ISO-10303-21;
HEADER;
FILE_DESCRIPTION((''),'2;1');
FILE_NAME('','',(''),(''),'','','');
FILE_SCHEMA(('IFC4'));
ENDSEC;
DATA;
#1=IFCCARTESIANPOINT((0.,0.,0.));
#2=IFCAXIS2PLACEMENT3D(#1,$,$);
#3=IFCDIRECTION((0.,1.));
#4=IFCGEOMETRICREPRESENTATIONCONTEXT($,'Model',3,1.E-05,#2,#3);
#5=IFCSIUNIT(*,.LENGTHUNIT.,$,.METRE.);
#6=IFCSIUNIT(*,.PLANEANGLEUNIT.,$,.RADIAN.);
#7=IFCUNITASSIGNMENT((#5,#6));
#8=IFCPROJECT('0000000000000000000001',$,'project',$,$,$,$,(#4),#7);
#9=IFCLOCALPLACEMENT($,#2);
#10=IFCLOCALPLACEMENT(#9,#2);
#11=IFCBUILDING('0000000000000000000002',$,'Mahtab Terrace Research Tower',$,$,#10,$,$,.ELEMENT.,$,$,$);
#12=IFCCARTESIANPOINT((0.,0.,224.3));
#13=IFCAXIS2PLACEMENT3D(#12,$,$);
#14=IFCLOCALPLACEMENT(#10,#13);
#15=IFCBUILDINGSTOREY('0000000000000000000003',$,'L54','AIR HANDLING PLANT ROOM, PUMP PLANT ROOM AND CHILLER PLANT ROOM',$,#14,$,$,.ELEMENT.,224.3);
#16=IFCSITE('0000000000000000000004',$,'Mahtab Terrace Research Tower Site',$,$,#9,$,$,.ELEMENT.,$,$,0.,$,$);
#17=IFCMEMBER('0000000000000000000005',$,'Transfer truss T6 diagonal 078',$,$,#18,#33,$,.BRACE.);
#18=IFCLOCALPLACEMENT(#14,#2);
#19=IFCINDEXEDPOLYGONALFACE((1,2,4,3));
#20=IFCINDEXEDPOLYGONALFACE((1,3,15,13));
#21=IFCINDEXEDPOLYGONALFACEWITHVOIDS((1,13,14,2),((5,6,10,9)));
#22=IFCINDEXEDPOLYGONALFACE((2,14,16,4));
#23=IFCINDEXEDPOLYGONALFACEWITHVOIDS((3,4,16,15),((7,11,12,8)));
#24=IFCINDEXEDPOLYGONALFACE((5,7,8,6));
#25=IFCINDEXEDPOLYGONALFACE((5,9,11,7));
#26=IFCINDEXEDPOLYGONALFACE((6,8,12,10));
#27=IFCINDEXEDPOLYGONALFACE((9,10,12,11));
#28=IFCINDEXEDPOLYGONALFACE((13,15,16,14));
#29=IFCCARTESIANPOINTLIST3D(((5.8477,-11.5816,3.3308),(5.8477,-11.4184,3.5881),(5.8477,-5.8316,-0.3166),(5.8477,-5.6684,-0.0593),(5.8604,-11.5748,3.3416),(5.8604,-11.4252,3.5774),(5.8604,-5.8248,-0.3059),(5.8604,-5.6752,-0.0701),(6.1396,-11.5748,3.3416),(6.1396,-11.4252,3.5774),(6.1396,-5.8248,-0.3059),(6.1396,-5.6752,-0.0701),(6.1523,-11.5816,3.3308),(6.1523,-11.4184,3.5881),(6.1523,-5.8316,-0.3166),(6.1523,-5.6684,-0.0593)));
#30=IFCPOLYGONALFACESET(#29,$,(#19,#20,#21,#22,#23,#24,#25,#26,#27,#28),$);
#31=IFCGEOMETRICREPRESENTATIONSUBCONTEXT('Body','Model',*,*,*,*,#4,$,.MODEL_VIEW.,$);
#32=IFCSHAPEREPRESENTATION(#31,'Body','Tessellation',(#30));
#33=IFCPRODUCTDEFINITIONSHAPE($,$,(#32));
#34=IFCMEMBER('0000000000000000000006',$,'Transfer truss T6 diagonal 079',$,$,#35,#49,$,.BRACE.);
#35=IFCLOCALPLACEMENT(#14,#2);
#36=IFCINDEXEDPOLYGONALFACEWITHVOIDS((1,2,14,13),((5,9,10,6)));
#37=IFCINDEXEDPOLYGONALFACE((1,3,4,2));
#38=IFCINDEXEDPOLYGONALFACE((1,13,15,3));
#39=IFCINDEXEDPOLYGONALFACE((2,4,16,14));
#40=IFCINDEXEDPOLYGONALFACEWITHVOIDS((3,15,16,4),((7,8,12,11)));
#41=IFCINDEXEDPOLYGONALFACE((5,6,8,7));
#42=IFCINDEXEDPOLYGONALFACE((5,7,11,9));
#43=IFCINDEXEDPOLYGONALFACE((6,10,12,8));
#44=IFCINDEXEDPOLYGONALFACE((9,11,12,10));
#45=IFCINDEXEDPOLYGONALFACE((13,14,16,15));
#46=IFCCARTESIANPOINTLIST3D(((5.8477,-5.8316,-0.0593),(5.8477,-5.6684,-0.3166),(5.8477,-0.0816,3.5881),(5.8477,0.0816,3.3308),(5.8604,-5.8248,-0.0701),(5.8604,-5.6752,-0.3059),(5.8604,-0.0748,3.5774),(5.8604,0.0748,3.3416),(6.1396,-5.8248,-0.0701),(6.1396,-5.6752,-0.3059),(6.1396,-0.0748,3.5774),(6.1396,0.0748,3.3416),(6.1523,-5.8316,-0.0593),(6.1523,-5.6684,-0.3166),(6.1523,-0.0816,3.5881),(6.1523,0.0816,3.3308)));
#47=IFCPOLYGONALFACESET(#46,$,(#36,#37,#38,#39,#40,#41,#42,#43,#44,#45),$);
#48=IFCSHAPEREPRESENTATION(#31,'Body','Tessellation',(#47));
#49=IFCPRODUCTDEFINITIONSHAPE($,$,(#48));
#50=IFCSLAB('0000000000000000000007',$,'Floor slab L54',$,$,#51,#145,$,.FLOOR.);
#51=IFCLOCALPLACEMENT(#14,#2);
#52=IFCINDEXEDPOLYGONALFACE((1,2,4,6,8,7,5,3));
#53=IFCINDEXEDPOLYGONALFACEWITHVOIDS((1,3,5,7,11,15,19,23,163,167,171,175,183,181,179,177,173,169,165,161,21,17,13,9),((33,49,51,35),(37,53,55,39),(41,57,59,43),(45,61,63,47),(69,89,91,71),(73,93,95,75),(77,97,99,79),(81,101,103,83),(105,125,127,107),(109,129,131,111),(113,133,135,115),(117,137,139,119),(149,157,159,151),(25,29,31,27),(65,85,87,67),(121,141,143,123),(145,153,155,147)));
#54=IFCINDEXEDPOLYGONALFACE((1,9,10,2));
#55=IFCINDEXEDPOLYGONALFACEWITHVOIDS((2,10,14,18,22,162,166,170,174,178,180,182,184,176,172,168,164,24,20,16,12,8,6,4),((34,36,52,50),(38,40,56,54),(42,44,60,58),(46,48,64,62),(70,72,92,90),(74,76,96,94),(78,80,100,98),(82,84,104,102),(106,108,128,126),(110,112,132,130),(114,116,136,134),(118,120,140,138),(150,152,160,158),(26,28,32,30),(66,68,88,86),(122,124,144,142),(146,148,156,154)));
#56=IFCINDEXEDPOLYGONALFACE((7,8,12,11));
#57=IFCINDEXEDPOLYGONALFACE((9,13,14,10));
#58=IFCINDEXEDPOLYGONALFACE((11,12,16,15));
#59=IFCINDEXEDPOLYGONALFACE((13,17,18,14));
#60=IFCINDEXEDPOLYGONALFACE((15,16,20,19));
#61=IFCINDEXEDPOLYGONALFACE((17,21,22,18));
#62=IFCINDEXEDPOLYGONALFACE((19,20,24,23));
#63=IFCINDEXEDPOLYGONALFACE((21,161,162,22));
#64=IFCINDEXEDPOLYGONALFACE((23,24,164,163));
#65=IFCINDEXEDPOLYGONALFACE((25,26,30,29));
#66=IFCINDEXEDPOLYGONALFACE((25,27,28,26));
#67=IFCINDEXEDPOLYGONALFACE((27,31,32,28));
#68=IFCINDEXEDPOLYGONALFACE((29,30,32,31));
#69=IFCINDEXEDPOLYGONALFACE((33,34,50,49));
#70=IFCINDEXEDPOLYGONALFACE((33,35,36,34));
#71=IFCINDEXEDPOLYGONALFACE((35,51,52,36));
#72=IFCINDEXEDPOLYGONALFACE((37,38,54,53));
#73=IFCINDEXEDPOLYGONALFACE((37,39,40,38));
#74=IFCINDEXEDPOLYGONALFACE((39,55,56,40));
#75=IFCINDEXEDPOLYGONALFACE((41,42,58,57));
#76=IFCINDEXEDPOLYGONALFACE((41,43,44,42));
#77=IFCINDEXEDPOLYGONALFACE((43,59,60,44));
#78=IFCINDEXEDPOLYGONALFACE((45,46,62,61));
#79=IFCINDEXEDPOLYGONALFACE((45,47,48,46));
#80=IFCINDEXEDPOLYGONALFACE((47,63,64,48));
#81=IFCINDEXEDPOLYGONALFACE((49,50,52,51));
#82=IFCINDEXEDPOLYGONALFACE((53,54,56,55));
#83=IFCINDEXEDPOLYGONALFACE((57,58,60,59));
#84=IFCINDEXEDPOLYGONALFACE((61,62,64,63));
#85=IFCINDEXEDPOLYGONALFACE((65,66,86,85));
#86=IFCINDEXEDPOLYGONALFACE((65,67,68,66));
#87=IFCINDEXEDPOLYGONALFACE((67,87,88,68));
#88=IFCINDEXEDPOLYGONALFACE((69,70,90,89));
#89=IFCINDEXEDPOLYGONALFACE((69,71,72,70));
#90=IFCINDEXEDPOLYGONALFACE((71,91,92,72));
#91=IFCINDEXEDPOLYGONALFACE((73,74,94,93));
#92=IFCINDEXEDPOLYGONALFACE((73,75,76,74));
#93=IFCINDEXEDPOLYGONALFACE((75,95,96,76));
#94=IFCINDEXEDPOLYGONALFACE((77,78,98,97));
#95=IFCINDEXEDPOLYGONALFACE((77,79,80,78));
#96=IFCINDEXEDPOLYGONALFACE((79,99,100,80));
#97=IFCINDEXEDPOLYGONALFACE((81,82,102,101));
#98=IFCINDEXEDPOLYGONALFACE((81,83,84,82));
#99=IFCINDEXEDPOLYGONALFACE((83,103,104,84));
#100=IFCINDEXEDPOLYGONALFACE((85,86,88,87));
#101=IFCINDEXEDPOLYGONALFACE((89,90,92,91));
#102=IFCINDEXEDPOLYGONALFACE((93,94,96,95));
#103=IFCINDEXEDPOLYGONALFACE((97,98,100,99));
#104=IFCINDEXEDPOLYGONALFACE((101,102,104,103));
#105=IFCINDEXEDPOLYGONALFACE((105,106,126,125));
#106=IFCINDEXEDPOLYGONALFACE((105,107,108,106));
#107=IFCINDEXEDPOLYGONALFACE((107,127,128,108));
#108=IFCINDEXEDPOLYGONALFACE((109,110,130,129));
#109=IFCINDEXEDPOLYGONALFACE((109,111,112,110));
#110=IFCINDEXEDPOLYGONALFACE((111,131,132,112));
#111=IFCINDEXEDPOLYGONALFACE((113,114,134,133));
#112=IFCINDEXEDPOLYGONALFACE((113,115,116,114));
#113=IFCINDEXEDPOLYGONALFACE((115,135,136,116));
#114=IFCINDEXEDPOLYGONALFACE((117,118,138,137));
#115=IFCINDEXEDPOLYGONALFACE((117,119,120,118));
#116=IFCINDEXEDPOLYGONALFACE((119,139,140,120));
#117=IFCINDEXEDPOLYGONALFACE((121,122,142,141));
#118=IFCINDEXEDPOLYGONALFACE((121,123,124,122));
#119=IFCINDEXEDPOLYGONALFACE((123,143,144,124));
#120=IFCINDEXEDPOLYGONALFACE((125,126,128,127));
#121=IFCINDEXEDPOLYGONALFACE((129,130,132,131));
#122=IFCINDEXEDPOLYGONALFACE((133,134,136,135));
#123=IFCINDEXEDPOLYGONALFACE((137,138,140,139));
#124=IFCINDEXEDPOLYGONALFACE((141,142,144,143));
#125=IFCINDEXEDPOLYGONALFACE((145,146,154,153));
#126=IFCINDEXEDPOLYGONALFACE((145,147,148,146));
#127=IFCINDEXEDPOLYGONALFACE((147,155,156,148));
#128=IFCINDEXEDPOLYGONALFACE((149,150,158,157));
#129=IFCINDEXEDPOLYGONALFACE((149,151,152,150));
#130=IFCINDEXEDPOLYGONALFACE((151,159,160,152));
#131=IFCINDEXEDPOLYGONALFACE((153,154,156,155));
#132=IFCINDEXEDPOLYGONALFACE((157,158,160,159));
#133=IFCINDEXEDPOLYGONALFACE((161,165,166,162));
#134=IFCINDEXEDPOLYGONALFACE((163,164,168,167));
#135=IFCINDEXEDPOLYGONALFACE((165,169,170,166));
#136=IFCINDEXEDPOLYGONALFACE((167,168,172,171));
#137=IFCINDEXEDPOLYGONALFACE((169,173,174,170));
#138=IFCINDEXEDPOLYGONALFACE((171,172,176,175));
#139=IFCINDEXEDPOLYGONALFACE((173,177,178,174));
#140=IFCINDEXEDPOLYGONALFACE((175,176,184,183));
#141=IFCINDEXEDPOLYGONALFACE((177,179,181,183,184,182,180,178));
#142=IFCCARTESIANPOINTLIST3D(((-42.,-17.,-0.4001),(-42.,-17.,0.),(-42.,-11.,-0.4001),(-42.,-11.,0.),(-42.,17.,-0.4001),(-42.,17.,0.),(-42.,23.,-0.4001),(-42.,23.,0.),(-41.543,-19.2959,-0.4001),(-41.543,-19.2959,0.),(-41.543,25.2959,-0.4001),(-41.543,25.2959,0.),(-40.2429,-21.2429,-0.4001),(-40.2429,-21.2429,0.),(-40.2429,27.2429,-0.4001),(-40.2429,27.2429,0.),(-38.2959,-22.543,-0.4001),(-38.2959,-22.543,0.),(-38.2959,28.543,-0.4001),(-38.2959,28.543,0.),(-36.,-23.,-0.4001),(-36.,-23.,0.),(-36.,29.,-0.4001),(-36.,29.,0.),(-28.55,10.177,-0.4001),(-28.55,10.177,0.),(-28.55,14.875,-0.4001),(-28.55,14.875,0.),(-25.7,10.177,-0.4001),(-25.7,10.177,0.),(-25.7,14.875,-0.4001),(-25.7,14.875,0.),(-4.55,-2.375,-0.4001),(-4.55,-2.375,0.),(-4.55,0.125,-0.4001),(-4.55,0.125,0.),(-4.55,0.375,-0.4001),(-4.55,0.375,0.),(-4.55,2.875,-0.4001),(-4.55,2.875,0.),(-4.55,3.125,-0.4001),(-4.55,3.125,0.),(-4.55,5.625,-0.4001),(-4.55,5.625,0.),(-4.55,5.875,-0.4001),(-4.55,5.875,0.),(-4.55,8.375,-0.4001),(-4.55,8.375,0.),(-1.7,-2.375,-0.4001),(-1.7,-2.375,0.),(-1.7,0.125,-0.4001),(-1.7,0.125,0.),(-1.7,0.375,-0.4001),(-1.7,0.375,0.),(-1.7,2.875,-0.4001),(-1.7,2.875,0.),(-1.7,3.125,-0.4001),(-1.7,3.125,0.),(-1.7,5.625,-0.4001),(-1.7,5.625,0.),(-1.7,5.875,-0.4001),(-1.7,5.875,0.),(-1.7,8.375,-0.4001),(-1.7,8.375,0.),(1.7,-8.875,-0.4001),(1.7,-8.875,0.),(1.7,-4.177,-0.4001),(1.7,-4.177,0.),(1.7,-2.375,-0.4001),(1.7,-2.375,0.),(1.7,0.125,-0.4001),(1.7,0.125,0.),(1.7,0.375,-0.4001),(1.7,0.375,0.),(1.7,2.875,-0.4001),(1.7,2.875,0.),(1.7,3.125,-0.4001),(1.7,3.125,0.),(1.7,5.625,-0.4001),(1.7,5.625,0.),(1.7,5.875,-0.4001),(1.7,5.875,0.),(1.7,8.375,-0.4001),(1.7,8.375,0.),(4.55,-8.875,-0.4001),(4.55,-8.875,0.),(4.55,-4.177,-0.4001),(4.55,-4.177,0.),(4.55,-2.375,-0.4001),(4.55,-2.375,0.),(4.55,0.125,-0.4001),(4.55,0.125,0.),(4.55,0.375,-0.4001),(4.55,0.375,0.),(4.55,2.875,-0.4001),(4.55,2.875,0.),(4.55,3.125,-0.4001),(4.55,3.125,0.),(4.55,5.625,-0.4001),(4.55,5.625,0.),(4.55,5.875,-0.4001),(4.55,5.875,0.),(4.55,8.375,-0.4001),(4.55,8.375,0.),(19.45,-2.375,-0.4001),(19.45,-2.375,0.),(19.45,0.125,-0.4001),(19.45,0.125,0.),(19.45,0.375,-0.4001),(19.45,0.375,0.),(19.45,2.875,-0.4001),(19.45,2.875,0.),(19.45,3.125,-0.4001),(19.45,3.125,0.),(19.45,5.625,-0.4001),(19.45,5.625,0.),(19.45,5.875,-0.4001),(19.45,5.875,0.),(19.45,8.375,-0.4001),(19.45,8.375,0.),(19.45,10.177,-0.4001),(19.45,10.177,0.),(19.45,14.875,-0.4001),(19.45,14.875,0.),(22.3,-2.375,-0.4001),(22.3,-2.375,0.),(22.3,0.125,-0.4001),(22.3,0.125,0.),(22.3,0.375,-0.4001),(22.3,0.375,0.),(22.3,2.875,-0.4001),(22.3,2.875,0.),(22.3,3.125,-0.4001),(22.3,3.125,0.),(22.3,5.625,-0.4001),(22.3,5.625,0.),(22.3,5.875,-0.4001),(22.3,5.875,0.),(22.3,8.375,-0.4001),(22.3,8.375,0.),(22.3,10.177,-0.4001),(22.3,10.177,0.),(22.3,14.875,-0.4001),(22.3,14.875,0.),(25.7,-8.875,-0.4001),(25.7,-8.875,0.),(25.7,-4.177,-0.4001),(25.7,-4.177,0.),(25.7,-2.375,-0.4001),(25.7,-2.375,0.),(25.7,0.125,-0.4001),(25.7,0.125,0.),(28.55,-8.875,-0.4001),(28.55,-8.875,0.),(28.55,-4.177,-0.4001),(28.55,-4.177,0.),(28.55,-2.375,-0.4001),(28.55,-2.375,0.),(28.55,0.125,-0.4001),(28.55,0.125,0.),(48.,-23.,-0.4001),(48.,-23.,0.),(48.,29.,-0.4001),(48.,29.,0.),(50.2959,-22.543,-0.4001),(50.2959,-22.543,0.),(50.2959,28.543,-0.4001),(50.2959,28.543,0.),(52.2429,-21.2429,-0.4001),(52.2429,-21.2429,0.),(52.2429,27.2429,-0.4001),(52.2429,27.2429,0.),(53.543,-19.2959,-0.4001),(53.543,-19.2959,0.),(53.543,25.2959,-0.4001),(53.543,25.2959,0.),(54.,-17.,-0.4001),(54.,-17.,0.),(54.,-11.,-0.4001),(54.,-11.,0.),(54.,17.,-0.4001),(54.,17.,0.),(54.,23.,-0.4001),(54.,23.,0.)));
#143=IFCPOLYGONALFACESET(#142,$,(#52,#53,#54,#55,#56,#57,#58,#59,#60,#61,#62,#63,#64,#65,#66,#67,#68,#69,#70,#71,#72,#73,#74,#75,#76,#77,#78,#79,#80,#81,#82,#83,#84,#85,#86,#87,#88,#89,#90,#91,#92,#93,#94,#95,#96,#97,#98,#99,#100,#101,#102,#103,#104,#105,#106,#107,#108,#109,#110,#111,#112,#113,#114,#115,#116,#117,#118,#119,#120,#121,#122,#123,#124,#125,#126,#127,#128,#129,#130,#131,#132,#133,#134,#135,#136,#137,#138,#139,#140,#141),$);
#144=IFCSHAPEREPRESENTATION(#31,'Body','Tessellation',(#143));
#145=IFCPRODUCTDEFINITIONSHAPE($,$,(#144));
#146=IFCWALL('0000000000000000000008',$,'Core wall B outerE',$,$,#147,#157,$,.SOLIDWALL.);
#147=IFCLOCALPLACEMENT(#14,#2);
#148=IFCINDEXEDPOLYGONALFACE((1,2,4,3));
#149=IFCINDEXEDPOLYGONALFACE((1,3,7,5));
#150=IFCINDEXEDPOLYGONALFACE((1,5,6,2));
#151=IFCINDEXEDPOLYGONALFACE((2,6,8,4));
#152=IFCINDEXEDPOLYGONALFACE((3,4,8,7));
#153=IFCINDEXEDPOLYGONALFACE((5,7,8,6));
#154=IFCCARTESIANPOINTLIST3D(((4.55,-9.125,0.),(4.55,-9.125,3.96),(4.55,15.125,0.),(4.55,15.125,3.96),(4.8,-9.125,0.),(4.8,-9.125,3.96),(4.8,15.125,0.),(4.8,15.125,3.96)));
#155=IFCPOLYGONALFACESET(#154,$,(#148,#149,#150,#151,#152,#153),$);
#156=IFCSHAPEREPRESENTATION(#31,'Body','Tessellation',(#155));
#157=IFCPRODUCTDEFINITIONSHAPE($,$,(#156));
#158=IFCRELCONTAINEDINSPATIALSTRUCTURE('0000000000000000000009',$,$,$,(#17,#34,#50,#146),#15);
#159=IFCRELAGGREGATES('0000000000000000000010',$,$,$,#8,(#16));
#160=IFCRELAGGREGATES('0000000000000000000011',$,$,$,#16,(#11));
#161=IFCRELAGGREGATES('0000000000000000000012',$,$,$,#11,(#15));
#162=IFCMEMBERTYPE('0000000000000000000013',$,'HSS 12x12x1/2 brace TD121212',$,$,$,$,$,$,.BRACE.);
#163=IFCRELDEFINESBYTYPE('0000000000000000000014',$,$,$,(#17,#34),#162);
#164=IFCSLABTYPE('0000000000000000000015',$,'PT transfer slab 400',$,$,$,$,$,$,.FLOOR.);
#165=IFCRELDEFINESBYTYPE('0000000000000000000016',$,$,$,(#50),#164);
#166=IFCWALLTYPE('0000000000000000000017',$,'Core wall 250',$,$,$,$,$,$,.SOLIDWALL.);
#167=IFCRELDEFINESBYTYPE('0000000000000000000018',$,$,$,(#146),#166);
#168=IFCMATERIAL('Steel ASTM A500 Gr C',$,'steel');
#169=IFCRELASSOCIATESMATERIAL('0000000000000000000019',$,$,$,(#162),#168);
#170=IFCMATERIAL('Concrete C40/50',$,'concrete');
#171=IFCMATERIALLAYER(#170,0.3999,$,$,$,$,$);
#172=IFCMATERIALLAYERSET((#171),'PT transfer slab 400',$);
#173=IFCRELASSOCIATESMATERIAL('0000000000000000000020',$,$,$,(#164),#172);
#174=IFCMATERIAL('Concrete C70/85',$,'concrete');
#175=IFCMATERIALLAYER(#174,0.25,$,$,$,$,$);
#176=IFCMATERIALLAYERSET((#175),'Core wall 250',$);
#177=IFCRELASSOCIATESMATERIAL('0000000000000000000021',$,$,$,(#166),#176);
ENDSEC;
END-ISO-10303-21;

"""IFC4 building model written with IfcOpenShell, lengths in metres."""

from ifc_helpers import new_model, si_unit, direction, frame, frame_2d, origin, origin_2d, place, context, subcontext, project, spatial, polyline, rectangle, hollow_rectangle, outline, extrude, material, layer, layer_set, material_profile, profile_set, type_object, element, save


model = new_model("IFC4")

# Units and contexts
model_context = context("Model", 3, precision=1e-05, world=origin(), true_north=direction((0.0, 1.0)))
body_context = subcontext(model_context, "Body", "Model", "MODEL_VIEW")
ifc_project = project(units=[si_unit("LENGTHUNIT", "METRE"), si_unit("PLANEANGLEUNIT", "RADIAN")], contexts=[model_context])

# Site, building, storey
site_placement = place(None, origin())
site = spatial("IfcSite", under=ifc_project, at=site_placement, Name="Mahtab Terrace Research Tower Site", CompositionType="ELEMENT", RefElevation=0.0)
building_placement = place(site_placement, origin())
building = spatial("IfcBuilding", under=site, at=building_placement, Name="Mahtab Terrace Research Tower", CompositionType="ELEMENT")
storey_placement = place(building_placement, frame((0.0, 0.0, 224.3)))
storey = spatial("IfcBuildingStorey", under=building, at=storey_placement, Name="L54", Description="AIR HANDLING PLANT ROOM, PUMP PLANT ROOM AND CHILLER PLANT ROOM", CompositionType="ELEMENT", Elevation=224.3)

# Members
ifc_material_1 = material(Name="Steel ASTM A500 Gr C", Category="steel")
ifc_material_profile = material_profile(ifc_material_1, hollow_rectangle(XDim=0.3047, YDim=0.3047, WallThickness=0.0127, at=origin_2d()), Name="HSS12X12X1/2")
ifc_profile_set = profile_set([ifc_material_profile], Name="Steel ASTM A500 Gr C")
member_type = type_object("IfcMemberType", Name="HSS 12x12x1/2 brace TD121212", PredefinedType="BRACE", material=ifc_profile_set)
for number, where, z_axis, x_axis, name in (
    (1, (6.0, -5.75, -0.188), (0.0, -0.844434, 0.535659), (1.0, 0.0, 0.0), "Transfer truss T6 diagonal 078"),
    (2, (6.0, -5.75, -0.188), (0.0, 0.844434, 0.535659), (-1.0, 0.0, 0.0), "Transfer truss T6 diagonal 079"),
):
    element("IfcMember", number, at=place(storey_placement, frame(where, z_axis=z_axis, x_axis=x_axis)), inside=storey, type_object=member_type, Name=name, PredefinedType="BRACE", context=body_context, shape_type="SweptSolid", body=[
        extrude(hollow_rectangle(XDim=0.3047, YDim=0.3047, WallThickness=0.0127, at=origin_2d()), origin(), (0.0, 0.0, 1.0), 6.8093),
    ])

# Slab
ifc_material_2 = material(Name="Concrete C40/50", Category="concrete")
ifc_layer_1 = layer(ifc_material_2, 0.3999)
ifc_layer_set_1 = layer_set([ifc_layer_1], Name="PT transfer slab 400")
slab_type = type_object("IfcSlabType", Name="PT transfer slab 400", PredefinedType="FLOOR", material=ifc_layer_set_1)
slab_placement = place(storey_placement, frame((0.0, 0.0, -0.4001)))
element("IfcSlab", 3, at=slab_placement, inside=storey, type_object=slab_type, Name="Floor slab L54", PredefinedType="FLOOR", context=body_context, shape_type="SweptSolid", body=[
    extrude(outline(polyline([(54.0, 17.0), (54.0, 23.0), (53.543, 25.2959), (52.2429, 27.2429), (50.2959, 28.543), (48.0, 29.0), (-36.0, 29.0), (-38.2959, 28.543), (-40.2429, 27.2429), (-41.543, 25.2959), (-42.0, 23.0), (-42.0, 17.0), (-42.0, -11.0), (-42.0, -17.0), (-41.543, -19.2959), (-40.2429, -21.2429), (-38.2959, -22.543), (-36.0, -23.0), (48.0, -23.0), (50.2959, -22.543), (52.2429, -21.2429), (53.543, -19.2959), (54.0, -17.0), (54.0, -11.0), (54.0, 17.0)]), holes=[polyline([(-4.55, -2.375), (-4.55, 0.125), (-1.7, 0.125), (-1.7, -2.375), (-4.55, -2.375)]), polyline([(1.7, -2.375), (1.7, 0.125), (4.55, 0.125), (4.55, -2.375), (1.7, -2.375)]), polyline([(-4.55, 0.375), (-4.55, 2.875), (-1.7, 2.875), (-1.7, 0.375), (-4.55, 0.375)]), polyline([(1.7, 0.375), (1.7, 2.875), (4.55, 2.875), (4.55, 0.375), (1.7, 0.375)]), polyline([(-4.55, 3.125), (-4.55, 5.625), (-1.7, 5.625), (-1.7, 3.125), (-4.55, 3.125)]), polyline([(1.7, 3.125), (1.7, 5.625), (4.55, 5.625), (4.55, 3.125), (1.7, 3.125)]), polyline([(-4.55, 5.875), (-4.55, 8.375), (-1.7, 8.375), (-1.7, 5.875), (-4.55, 5.875)]), polyline([(1.7, 5.875), (1.7, 8.375), (4.55, 8.375), (4.55, 5.875), (1.7, 5.875)]), polyline([(-28.55, 10.177), (-28.55, 14.875), (-25.7, 14.875), (-25.7, 10.177), (-28.55, 10.177)]), polyline([(1.7, -8.875), (1.7, -4.177), (4.55, -4.177), (4.55, -8.875), (1.7, -8.875)]), polyline([(25.7, -8.875), (25.7, -4.177), (28.55, -4.177), (28.55, -8.875), (25.7, -8.875)]), polyline([(19.45, -2.375), (19.45, 0.125), (22.3, 0.125), (22.3, -2.375), (19.45, -2.375)]), polyline([(25.7, -2.375), (25.7, 0.125), (28.55, 0.125), (28.55, -2.375), (25.7, -2.375)]), polyline([(19.45, 0.375), (19.45, 2.875), (22.3, 2.875), (22.3, 0.375), (19.45, 0.375)]), polyline([(19.45, 3.125), (19.45, 5.625), (22.3, 5.625), (22.3, 3.125), (19.45, 3.125)]), polyline([(19.45, 8.375), (22.3, 8.375), (22.3, 5.875), (19.45, 5.875), (19.45, 8.375)]), polyline([(19.45, 14.875), (22.3, 14.875), (22.3, 10.177), (19.45, 10.177), (19.45, 14.875)])]), origin(), (0.0, 0.0, 1.0), 0.4001),
])

# Wall
ifc_material_3 = material(Name="Concrete C70/85", Category="concrete")
ifc_layer_2 = layer(ifc_material_3, 0.25)
ifc_layer_set_2 = layer_set([ifc_layer_2], Name="Core wall 250")
wall_type = type_object("IfcWallType", Name="Core wall 250", PredefinedType="SOLIDWALL", material=ifc_layer_set_2)
wall_1_placement = place(storey_placement, frame((4.675, -9.125, 0.0), z_axis=(0.0, 0.0, 1.0), x_axis=(0.0, 1.0, 0.0)))
element("IfcWall", 4, at=wall_1_placement, inside=storey, type_object=wall_type, Name="Core wall B outerE", PredefinedType="SOLIDWALL", context=body_context, shape_type="SweptSolid", body=[
    extrude(rectangle(XDim=24.25, YDim=0.25, at=frame_2d((12.125, 0.0))), origin(), (0.0, 0.0, 1.0), 3.96),
])

save(model, "model.ifc")
